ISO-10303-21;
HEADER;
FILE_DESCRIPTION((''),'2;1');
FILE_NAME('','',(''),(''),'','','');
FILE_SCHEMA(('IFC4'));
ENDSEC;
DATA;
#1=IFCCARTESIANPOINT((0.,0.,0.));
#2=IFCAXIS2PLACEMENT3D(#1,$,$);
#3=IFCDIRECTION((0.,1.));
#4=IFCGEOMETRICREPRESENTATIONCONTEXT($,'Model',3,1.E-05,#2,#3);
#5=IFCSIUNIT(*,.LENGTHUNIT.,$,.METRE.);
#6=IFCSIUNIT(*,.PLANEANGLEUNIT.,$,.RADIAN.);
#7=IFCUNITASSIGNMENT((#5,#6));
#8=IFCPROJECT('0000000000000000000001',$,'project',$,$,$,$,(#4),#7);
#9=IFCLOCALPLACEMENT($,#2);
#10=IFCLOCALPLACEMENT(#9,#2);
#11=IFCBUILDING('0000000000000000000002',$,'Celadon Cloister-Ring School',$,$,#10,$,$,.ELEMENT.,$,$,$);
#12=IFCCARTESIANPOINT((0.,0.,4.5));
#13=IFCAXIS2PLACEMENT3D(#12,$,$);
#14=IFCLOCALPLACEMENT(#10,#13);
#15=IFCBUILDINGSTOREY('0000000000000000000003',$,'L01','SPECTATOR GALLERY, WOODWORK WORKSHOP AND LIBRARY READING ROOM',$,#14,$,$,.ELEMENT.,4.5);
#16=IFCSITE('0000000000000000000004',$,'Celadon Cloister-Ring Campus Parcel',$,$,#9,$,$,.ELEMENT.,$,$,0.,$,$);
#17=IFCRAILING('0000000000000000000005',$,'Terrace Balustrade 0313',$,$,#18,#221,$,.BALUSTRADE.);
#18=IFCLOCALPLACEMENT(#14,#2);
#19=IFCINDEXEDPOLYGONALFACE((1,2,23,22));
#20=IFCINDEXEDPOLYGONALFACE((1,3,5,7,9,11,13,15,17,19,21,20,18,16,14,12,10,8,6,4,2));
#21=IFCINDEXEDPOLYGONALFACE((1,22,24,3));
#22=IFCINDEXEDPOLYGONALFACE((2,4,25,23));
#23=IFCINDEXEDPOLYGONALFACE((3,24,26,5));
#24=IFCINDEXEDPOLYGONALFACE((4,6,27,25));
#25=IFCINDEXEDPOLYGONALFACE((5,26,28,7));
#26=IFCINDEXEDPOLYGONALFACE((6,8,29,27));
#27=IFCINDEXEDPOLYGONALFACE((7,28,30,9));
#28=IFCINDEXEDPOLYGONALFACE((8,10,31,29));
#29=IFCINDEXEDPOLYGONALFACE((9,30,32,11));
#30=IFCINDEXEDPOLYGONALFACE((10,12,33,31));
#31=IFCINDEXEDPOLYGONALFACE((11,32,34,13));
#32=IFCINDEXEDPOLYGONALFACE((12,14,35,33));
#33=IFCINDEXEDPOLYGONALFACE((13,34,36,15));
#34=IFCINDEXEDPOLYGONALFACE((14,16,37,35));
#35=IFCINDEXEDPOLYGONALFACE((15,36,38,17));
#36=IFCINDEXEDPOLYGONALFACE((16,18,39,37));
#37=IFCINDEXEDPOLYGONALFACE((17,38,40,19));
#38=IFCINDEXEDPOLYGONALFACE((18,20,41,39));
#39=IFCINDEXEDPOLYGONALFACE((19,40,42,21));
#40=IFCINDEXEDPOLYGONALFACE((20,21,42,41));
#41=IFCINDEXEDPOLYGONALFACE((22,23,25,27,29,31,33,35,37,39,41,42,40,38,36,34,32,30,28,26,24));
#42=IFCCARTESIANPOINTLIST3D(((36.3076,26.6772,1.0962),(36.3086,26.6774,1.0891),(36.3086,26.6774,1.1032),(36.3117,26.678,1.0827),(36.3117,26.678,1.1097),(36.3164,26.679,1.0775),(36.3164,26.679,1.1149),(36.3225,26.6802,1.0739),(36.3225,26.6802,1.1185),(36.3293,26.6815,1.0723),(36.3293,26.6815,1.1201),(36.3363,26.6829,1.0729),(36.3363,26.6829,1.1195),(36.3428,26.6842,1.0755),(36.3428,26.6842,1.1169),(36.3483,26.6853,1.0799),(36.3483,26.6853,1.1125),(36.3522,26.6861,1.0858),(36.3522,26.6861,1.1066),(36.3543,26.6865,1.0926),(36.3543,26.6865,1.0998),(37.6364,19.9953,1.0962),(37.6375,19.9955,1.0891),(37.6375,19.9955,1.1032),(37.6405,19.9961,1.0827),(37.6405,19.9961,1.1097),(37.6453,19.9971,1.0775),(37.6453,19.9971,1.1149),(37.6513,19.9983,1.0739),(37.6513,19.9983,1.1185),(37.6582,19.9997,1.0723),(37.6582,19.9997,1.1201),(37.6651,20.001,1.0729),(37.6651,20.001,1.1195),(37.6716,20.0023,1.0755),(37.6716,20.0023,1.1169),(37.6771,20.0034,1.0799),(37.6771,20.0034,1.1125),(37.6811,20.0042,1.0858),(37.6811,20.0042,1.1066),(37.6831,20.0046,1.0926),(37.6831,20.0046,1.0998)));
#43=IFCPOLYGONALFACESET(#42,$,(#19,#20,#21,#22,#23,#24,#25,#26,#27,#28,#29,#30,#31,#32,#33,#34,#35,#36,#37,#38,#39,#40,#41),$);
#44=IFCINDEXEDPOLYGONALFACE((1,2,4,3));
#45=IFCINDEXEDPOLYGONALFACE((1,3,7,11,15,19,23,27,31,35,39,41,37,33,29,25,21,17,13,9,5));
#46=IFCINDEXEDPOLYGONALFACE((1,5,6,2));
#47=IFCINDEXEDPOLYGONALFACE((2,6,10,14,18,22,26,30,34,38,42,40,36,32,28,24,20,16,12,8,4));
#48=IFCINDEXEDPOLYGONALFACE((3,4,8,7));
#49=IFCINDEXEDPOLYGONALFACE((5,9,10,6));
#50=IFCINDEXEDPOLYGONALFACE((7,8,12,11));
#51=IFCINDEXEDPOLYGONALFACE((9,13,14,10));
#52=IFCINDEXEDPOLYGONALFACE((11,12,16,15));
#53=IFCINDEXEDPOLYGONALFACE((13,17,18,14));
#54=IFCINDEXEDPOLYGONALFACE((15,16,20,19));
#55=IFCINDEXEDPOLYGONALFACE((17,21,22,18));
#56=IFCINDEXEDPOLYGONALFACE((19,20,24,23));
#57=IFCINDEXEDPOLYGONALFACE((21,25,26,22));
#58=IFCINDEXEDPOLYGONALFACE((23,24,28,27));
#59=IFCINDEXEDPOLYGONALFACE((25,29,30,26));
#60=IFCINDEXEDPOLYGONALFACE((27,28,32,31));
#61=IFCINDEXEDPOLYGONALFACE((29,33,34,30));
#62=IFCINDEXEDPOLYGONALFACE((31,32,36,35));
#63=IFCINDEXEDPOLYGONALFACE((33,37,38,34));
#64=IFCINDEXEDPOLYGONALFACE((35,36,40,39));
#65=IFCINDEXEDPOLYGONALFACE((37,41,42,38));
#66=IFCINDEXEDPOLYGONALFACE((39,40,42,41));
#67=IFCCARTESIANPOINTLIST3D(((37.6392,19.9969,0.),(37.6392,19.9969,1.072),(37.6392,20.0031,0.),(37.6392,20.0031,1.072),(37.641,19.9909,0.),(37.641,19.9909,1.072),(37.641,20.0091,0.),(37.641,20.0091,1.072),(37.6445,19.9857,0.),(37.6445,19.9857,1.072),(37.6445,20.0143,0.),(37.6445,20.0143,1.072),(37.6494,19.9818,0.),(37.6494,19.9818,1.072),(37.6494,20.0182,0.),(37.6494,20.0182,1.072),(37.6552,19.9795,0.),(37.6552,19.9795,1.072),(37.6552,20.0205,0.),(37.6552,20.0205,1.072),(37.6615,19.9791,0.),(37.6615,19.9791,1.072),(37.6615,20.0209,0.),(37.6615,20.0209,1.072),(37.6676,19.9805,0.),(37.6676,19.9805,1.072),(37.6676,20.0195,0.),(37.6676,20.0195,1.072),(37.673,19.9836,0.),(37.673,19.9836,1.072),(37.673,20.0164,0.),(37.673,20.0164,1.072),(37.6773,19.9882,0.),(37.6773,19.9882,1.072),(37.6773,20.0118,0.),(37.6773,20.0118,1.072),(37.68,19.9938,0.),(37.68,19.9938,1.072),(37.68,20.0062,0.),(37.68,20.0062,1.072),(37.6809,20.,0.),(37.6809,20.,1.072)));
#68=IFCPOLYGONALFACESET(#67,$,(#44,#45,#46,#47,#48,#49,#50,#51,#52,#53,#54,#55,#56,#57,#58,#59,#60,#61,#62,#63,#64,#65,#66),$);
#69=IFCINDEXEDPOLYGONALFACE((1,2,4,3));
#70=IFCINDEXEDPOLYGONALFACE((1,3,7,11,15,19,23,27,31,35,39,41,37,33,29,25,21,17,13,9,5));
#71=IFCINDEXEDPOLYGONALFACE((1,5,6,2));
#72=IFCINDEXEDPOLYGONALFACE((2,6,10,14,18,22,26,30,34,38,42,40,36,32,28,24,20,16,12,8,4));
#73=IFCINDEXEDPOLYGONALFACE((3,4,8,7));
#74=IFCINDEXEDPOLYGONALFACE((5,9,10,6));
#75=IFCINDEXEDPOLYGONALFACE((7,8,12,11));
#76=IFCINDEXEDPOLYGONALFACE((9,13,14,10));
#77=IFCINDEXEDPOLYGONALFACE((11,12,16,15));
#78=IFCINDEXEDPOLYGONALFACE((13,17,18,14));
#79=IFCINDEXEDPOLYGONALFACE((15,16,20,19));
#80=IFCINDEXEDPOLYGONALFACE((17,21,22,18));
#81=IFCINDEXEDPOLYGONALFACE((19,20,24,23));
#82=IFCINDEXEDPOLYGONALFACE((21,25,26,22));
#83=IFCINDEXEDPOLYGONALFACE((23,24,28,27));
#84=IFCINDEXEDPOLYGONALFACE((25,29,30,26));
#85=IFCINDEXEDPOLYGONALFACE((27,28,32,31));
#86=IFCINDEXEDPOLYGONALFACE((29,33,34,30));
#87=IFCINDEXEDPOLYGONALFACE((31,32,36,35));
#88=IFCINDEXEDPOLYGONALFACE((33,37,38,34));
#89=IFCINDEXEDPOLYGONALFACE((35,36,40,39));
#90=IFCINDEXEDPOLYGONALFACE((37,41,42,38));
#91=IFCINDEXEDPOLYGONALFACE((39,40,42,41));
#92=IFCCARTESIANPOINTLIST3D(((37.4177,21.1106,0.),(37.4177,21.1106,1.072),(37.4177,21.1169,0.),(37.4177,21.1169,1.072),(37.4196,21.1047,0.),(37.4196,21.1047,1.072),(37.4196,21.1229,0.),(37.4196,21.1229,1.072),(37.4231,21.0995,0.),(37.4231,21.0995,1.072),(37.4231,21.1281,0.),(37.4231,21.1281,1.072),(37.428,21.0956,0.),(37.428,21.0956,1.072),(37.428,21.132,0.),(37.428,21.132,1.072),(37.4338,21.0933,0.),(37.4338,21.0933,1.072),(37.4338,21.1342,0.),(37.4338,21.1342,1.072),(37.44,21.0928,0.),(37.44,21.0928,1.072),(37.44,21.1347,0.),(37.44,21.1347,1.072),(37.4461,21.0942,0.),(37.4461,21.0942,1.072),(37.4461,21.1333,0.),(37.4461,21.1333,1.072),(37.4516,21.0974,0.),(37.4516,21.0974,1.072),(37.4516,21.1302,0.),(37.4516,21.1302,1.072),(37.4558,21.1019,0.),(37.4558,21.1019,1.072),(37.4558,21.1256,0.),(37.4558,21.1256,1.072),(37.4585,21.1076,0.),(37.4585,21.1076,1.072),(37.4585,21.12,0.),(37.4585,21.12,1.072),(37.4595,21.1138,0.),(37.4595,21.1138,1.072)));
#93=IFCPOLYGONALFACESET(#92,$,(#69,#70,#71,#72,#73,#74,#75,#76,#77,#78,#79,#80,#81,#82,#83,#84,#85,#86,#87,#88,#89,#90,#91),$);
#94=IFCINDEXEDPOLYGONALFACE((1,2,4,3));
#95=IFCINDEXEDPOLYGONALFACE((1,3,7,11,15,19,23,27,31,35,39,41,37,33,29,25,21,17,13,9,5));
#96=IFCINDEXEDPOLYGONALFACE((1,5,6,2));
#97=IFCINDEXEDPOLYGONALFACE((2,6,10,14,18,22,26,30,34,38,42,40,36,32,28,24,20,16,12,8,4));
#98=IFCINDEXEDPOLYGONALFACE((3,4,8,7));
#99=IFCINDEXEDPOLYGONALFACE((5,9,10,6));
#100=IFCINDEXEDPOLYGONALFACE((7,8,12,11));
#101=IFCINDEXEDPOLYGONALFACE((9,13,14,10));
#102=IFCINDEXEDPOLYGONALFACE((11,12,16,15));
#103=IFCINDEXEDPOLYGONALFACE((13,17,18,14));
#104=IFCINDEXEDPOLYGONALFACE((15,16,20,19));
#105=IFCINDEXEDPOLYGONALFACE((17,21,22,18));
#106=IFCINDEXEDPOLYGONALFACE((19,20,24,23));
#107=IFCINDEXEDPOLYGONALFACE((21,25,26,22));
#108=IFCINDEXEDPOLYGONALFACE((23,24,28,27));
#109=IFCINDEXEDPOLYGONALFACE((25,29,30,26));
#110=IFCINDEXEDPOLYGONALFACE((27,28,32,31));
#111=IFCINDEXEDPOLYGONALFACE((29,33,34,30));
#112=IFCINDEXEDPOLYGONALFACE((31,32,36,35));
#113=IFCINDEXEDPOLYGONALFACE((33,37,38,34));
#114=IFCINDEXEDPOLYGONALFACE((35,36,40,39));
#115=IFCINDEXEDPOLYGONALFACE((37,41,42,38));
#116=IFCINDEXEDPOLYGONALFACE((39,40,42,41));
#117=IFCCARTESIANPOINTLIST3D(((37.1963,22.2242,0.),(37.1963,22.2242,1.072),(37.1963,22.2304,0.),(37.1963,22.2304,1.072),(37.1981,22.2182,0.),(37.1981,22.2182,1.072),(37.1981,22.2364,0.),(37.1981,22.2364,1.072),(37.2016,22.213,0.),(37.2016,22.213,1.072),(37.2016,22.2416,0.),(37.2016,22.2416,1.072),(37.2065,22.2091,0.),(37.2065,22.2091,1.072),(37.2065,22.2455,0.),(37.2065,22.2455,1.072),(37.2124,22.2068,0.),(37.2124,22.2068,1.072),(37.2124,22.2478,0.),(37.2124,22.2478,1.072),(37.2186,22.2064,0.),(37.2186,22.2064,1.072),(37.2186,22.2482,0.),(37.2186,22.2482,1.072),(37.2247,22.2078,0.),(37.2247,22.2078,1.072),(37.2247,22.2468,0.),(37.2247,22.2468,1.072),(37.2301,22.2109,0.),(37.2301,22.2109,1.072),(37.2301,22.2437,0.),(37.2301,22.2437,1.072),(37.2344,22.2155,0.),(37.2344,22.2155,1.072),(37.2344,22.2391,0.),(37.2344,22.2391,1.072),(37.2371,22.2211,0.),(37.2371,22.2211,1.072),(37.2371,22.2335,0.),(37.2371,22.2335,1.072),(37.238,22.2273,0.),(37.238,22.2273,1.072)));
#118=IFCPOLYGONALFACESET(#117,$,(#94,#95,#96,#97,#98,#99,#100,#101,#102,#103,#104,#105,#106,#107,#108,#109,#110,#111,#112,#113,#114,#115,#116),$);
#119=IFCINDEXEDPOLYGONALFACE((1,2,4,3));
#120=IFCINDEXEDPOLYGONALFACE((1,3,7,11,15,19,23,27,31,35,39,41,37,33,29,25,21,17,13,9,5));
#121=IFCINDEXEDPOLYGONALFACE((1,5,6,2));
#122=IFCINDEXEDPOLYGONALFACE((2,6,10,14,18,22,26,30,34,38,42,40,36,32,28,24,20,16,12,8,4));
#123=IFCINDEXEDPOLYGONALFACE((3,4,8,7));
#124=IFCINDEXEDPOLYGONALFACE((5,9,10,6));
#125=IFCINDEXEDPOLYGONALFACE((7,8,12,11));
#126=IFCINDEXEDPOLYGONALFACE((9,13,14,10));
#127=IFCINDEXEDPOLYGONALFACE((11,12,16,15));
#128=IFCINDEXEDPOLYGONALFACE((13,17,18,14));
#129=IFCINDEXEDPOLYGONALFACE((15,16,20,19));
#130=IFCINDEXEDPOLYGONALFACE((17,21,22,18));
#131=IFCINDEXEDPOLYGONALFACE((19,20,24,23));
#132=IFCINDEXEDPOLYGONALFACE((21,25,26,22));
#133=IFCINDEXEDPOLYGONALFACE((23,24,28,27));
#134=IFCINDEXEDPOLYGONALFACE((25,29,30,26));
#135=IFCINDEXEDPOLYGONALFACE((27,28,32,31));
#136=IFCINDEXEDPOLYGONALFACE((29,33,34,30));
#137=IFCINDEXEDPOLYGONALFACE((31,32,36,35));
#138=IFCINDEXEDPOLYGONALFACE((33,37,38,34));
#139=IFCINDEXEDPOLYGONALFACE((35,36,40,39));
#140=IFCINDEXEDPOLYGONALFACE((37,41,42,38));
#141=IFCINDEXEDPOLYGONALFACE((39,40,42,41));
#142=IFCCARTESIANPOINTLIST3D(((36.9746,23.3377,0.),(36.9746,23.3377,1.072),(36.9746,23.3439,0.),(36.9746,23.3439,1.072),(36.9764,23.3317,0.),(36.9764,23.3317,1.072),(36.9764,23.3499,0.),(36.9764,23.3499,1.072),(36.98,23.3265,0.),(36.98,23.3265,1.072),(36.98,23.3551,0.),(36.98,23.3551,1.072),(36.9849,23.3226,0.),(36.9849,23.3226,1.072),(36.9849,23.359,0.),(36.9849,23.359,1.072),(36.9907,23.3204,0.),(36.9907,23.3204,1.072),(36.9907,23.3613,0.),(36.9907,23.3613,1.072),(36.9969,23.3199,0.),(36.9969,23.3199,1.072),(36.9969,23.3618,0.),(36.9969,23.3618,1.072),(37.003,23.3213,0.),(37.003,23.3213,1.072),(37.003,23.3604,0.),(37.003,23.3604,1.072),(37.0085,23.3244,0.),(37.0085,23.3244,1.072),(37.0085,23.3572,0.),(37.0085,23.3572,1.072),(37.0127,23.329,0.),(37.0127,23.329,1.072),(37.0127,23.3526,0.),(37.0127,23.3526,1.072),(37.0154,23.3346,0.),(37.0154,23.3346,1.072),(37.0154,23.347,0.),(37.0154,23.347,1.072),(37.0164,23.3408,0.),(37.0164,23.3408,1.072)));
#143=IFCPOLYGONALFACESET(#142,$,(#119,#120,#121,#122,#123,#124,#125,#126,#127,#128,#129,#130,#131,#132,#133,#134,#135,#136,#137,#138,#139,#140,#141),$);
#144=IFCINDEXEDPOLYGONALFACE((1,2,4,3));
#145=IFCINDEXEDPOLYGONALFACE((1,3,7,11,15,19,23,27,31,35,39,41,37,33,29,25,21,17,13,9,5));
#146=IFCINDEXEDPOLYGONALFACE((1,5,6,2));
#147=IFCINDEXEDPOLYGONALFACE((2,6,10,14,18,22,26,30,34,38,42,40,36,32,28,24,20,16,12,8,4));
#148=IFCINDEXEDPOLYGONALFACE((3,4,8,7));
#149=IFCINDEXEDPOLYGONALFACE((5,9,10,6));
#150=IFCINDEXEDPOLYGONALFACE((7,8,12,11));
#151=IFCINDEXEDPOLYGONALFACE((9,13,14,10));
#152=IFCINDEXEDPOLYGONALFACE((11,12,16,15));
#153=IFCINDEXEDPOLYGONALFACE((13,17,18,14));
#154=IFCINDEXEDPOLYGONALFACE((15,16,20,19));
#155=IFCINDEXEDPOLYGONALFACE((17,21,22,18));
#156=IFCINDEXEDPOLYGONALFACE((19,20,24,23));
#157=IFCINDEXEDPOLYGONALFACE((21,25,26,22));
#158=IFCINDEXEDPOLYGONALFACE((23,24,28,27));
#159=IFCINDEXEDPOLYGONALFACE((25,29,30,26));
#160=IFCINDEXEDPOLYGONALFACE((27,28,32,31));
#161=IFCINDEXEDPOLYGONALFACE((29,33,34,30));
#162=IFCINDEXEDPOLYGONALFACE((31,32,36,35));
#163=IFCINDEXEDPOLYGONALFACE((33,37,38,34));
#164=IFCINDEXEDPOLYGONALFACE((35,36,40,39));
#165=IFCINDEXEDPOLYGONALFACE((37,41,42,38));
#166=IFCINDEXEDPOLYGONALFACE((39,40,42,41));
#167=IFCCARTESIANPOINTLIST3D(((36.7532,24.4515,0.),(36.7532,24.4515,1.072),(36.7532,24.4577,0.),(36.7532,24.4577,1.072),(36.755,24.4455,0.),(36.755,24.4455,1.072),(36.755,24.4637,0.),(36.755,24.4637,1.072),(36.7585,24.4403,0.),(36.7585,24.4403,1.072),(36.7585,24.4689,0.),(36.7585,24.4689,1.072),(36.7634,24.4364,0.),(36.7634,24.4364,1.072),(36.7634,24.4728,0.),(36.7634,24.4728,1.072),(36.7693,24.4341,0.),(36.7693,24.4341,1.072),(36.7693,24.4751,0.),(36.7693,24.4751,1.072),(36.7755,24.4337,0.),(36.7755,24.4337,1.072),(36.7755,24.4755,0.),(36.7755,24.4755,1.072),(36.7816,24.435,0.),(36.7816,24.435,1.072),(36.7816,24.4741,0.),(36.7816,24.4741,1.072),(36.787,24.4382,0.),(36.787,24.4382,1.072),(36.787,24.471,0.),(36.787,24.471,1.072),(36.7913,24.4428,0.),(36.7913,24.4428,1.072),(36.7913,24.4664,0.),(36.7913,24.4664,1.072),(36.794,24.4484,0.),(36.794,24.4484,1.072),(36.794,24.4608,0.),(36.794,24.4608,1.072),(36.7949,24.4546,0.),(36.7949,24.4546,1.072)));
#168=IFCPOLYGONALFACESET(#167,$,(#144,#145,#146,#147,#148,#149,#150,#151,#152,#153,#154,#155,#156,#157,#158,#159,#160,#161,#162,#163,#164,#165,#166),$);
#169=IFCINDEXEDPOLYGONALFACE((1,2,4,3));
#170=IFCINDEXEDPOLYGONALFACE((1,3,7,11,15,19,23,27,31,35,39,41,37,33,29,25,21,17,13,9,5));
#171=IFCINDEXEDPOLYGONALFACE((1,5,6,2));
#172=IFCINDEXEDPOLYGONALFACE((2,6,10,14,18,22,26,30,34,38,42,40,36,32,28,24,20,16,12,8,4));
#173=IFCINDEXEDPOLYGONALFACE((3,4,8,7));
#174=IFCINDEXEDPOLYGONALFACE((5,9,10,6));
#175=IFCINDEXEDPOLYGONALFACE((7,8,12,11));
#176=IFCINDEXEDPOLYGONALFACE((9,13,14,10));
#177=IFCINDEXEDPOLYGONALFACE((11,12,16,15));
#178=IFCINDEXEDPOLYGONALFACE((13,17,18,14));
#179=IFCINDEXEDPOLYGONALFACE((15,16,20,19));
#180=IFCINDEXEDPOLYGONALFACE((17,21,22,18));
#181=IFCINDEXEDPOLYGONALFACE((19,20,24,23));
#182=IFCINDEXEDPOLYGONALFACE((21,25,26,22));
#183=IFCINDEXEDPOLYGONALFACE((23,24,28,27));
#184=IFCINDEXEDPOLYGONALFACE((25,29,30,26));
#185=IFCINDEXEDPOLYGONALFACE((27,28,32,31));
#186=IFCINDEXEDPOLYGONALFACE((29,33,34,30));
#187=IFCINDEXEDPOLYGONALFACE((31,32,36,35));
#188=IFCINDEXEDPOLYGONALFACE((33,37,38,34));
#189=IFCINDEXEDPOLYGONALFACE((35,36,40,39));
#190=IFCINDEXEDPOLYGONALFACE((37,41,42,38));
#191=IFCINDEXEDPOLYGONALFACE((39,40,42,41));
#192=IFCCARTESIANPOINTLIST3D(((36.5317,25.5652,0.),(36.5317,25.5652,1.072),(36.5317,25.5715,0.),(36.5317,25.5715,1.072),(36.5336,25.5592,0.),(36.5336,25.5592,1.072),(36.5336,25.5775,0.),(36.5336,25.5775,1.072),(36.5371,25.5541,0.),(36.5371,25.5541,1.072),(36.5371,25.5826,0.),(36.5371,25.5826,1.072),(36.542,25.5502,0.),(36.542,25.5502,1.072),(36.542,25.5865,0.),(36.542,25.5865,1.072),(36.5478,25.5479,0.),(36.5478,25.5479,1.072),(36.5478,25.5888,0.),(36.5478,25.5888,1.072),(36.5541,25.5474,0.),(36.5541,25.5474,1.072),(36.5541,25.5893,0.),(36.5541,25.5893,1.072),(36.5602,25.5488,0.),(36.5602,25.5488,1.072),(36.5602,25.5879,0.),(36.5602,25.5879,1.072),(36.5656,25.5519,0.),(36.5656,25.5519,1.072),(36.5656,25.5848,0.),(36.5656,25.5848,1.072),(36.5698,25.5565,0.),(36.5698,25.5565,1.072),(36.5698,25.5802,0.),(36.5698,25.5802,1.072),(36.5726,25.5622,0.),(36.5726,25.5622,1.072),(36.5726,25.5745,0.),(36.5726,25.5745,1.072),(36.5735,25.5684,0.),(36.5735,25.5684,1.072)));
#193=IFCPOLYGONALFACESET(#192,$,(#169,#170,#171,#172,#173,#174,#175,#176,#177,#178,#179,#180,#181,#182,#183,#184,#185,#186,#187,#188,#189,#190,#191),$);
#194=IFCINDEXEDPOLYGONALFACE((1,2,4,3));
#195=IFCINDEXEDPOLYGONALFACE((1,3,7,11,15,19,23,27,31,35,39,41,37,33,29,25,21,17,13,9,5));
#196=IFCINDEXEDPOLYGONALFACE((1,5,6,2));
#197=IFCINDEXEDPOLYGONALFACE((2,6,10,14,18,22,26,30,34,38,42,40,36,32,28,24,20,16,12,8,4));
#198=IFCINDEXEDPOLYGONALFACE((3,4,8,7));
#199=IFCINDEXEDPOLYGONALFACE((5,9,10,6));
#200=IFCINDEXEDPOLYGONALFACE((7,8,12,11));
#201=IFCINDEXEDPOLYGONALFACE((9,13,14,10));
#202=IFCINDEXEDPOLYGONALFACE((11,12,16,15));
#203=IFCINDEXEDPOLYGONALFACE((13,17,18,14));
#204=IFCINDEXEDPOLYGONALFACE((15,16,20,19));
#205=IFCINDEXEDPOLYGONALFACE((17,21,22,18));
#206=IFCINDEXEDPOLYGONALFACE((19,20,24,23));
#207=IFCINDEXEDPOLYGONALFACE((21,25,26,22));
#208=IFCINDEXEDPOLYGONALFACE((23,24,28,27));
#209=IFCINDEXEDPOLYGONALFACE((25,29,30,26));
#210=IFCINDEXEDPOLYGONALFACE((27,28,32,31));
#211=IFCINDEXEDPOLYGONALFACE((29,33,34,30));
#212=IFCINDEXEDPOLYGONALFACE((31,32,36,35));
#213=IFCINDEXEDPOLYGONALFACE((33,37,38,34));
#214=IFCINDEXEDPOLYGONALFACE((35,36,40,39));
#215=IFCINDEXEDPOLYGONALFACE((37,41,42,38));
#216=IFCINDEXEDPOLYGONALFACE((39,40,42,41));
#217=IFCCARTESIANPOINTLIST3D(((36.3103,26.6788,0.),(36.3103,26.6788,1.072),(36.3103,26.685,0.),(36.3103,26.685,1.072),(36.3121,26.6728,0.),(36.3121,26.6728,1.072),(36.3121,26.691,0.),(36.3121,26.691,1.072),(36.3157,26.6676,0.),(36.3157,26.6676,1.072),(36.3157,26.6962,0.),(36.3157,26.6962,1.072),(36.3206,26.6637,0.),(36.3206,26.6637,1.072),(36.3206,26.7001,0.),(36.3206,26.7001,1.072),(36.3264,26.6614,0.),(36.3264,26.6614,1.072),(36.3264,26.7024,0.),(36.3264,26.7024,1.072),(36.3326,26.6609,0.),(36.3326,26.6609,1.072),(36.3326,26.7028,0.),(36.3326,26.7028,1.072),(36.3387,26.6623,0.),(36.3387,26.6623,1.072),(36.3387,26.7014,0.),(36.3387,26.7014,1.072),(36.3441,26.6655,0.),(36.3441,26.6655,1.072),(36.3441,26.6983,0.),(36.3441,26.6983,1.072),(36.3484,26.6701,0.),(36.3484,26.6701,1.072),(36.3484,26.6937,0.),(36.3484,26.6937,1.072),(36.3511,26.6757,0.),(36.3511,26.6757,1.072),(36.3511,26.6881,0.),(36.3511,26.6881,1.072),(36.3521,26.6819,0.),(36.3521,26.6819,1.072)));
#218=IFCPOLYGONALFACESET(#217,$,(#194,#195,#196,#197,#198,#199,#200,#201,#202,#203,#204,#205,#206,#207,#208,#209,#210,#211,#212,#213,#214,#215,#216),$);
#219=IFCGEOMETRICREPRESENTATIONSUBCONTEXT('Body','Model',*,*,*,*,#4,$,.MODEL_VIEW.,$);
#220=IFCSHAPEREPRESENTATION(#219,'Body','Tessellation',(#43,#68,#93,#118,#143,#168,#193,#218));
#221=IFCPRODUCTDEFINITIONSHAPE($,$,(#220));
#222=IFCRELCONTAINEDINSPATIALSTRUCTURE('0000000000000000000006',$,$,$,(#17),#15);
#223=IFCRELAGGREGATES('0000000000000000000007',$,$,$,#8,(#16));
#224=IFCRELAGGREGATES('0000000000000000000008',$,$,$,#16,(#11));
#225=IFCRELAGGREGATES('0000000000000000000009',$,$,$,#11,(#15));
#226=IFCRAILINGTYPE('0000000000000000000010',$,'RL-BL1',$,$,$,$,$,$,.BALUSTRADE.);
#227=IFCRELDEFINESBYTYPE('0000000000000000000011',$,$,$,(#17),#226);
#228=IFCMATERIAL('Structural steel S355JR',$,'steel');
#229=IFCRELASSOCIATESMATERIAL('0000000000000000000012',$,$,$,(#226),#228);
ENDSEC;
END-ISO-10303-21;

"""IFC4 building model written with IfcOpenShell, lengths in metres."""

from ifc_helpers import new_model, si_unit, direction, frame, origin, origin_2d, place, context, subcontext, project, spatial, circle, extrude, material, type_object, element, save


model = new_model("IFC4")

# Units and contexts
model_context = context("Model", 3, precision=1e-05, world=origin(), true_north=direction((0.0, 1.0)))
body_context = subcontext(model_context, "Body", "Model", "MODEL_VIEW")
ifc_project = project(units=[si_unit("LENGTHUNIT", "METRE"), si_unit("PLANEANGLEUNIT", "RADIAN")], contexts=[model_context])

# Site, building, storey
site_placement = place(None, origin())
site = spatial("IfcSite", under=ifc_project, at=site_placement, Name="Celadon Cloister-Ring Campus Parcel", CompositionType="ELEMENT", RefElevation=0.0)
building_placement = place(site_placement, origin())
building = spatial("IfcBuilding", under=site, at=building_placement, Name="Celadon Cloister-Ring School", CompositionType="ELEMENT")
storey_placement = place(building_placement, frame((0.0, 0.0, 4.5)))
storey = spatial("IfcBuildingStorey", under=building, at=storey_placement, Name="L01", Description="SPECTATOR GALLERY, WOODWORK WORKSHOP AND LIBRARY READING ROOM", CompositionType="ELEMENT", Elevation=4.5)

# Railing
ifc_material_1 = material(Name="Structural steel S355JR", Category="steel")
railing_type_1 = type_object("IfcRailingType", Name="RL-BL1", PredefinedType="BALUSTRADE", material=ifc_material_1)
railing_1_placement = place(storey_placement, frame((37.6599, 20.0, 0.0)))
element("IfcRailing", 1, at=railing_1_placement, inside=storey, type_object=railing_type_1, Name="Terrace Balustrade 0313", PredefinedType="BALUSTRADE", context=body_context, shape_type="SweptSolid", body=[
    extrude(circle(Radius=0.0239, at=origin_2d()), frame((0.0, 0.0, 1.0962), z_axis=(-0.195055, 0.980792, 0.0), x_axis=(-0.980792, -0.195055, 0.0)), (0.0, 0.0, 1.0), 6.8127),
    extrude(circle(Radius=0.021, at=origin_2d()), origin(), (0.0, 0.0, 1.0), 1.072),
    extrude(circle(Radius=0.021, at=origin_2d()), frame((-0.2214, 1.1138, 0.0)), (0.0, 0.0, 1.0), 1.072),
    extrude(circle(Radius=0.021, at=origin_2d()), frame((-0.4429, 2.2273, 0.0)), (0.0, 0.0, 1.0), 1.072),
    extrude(circle(Radius=0.021, at=origin_2d()), frame((-0.6646, 3.3408, 0.0)), (0.0, 0.0, 1.0), 1.072),
    extrude(circle(Radius=0.021, at=origin_2d()), frame((-0.886, 4.4546, 0.0)), (0.0, 0.0, 1.0), 1.072),
    extrude(circle(Radius=0.021, at=origin_2d()), frame((-1.1074, 5.5684, 0.0)), (0.0, 0.0, 1.0), 1.072),
    extrude(circle(Radius=0.021, at=origin_2d()), frame((-1.3289, 6.6819, 0.0)), (0.0, 0.0, 1.0), 1.072),
])

save(model, "model.ifc")
